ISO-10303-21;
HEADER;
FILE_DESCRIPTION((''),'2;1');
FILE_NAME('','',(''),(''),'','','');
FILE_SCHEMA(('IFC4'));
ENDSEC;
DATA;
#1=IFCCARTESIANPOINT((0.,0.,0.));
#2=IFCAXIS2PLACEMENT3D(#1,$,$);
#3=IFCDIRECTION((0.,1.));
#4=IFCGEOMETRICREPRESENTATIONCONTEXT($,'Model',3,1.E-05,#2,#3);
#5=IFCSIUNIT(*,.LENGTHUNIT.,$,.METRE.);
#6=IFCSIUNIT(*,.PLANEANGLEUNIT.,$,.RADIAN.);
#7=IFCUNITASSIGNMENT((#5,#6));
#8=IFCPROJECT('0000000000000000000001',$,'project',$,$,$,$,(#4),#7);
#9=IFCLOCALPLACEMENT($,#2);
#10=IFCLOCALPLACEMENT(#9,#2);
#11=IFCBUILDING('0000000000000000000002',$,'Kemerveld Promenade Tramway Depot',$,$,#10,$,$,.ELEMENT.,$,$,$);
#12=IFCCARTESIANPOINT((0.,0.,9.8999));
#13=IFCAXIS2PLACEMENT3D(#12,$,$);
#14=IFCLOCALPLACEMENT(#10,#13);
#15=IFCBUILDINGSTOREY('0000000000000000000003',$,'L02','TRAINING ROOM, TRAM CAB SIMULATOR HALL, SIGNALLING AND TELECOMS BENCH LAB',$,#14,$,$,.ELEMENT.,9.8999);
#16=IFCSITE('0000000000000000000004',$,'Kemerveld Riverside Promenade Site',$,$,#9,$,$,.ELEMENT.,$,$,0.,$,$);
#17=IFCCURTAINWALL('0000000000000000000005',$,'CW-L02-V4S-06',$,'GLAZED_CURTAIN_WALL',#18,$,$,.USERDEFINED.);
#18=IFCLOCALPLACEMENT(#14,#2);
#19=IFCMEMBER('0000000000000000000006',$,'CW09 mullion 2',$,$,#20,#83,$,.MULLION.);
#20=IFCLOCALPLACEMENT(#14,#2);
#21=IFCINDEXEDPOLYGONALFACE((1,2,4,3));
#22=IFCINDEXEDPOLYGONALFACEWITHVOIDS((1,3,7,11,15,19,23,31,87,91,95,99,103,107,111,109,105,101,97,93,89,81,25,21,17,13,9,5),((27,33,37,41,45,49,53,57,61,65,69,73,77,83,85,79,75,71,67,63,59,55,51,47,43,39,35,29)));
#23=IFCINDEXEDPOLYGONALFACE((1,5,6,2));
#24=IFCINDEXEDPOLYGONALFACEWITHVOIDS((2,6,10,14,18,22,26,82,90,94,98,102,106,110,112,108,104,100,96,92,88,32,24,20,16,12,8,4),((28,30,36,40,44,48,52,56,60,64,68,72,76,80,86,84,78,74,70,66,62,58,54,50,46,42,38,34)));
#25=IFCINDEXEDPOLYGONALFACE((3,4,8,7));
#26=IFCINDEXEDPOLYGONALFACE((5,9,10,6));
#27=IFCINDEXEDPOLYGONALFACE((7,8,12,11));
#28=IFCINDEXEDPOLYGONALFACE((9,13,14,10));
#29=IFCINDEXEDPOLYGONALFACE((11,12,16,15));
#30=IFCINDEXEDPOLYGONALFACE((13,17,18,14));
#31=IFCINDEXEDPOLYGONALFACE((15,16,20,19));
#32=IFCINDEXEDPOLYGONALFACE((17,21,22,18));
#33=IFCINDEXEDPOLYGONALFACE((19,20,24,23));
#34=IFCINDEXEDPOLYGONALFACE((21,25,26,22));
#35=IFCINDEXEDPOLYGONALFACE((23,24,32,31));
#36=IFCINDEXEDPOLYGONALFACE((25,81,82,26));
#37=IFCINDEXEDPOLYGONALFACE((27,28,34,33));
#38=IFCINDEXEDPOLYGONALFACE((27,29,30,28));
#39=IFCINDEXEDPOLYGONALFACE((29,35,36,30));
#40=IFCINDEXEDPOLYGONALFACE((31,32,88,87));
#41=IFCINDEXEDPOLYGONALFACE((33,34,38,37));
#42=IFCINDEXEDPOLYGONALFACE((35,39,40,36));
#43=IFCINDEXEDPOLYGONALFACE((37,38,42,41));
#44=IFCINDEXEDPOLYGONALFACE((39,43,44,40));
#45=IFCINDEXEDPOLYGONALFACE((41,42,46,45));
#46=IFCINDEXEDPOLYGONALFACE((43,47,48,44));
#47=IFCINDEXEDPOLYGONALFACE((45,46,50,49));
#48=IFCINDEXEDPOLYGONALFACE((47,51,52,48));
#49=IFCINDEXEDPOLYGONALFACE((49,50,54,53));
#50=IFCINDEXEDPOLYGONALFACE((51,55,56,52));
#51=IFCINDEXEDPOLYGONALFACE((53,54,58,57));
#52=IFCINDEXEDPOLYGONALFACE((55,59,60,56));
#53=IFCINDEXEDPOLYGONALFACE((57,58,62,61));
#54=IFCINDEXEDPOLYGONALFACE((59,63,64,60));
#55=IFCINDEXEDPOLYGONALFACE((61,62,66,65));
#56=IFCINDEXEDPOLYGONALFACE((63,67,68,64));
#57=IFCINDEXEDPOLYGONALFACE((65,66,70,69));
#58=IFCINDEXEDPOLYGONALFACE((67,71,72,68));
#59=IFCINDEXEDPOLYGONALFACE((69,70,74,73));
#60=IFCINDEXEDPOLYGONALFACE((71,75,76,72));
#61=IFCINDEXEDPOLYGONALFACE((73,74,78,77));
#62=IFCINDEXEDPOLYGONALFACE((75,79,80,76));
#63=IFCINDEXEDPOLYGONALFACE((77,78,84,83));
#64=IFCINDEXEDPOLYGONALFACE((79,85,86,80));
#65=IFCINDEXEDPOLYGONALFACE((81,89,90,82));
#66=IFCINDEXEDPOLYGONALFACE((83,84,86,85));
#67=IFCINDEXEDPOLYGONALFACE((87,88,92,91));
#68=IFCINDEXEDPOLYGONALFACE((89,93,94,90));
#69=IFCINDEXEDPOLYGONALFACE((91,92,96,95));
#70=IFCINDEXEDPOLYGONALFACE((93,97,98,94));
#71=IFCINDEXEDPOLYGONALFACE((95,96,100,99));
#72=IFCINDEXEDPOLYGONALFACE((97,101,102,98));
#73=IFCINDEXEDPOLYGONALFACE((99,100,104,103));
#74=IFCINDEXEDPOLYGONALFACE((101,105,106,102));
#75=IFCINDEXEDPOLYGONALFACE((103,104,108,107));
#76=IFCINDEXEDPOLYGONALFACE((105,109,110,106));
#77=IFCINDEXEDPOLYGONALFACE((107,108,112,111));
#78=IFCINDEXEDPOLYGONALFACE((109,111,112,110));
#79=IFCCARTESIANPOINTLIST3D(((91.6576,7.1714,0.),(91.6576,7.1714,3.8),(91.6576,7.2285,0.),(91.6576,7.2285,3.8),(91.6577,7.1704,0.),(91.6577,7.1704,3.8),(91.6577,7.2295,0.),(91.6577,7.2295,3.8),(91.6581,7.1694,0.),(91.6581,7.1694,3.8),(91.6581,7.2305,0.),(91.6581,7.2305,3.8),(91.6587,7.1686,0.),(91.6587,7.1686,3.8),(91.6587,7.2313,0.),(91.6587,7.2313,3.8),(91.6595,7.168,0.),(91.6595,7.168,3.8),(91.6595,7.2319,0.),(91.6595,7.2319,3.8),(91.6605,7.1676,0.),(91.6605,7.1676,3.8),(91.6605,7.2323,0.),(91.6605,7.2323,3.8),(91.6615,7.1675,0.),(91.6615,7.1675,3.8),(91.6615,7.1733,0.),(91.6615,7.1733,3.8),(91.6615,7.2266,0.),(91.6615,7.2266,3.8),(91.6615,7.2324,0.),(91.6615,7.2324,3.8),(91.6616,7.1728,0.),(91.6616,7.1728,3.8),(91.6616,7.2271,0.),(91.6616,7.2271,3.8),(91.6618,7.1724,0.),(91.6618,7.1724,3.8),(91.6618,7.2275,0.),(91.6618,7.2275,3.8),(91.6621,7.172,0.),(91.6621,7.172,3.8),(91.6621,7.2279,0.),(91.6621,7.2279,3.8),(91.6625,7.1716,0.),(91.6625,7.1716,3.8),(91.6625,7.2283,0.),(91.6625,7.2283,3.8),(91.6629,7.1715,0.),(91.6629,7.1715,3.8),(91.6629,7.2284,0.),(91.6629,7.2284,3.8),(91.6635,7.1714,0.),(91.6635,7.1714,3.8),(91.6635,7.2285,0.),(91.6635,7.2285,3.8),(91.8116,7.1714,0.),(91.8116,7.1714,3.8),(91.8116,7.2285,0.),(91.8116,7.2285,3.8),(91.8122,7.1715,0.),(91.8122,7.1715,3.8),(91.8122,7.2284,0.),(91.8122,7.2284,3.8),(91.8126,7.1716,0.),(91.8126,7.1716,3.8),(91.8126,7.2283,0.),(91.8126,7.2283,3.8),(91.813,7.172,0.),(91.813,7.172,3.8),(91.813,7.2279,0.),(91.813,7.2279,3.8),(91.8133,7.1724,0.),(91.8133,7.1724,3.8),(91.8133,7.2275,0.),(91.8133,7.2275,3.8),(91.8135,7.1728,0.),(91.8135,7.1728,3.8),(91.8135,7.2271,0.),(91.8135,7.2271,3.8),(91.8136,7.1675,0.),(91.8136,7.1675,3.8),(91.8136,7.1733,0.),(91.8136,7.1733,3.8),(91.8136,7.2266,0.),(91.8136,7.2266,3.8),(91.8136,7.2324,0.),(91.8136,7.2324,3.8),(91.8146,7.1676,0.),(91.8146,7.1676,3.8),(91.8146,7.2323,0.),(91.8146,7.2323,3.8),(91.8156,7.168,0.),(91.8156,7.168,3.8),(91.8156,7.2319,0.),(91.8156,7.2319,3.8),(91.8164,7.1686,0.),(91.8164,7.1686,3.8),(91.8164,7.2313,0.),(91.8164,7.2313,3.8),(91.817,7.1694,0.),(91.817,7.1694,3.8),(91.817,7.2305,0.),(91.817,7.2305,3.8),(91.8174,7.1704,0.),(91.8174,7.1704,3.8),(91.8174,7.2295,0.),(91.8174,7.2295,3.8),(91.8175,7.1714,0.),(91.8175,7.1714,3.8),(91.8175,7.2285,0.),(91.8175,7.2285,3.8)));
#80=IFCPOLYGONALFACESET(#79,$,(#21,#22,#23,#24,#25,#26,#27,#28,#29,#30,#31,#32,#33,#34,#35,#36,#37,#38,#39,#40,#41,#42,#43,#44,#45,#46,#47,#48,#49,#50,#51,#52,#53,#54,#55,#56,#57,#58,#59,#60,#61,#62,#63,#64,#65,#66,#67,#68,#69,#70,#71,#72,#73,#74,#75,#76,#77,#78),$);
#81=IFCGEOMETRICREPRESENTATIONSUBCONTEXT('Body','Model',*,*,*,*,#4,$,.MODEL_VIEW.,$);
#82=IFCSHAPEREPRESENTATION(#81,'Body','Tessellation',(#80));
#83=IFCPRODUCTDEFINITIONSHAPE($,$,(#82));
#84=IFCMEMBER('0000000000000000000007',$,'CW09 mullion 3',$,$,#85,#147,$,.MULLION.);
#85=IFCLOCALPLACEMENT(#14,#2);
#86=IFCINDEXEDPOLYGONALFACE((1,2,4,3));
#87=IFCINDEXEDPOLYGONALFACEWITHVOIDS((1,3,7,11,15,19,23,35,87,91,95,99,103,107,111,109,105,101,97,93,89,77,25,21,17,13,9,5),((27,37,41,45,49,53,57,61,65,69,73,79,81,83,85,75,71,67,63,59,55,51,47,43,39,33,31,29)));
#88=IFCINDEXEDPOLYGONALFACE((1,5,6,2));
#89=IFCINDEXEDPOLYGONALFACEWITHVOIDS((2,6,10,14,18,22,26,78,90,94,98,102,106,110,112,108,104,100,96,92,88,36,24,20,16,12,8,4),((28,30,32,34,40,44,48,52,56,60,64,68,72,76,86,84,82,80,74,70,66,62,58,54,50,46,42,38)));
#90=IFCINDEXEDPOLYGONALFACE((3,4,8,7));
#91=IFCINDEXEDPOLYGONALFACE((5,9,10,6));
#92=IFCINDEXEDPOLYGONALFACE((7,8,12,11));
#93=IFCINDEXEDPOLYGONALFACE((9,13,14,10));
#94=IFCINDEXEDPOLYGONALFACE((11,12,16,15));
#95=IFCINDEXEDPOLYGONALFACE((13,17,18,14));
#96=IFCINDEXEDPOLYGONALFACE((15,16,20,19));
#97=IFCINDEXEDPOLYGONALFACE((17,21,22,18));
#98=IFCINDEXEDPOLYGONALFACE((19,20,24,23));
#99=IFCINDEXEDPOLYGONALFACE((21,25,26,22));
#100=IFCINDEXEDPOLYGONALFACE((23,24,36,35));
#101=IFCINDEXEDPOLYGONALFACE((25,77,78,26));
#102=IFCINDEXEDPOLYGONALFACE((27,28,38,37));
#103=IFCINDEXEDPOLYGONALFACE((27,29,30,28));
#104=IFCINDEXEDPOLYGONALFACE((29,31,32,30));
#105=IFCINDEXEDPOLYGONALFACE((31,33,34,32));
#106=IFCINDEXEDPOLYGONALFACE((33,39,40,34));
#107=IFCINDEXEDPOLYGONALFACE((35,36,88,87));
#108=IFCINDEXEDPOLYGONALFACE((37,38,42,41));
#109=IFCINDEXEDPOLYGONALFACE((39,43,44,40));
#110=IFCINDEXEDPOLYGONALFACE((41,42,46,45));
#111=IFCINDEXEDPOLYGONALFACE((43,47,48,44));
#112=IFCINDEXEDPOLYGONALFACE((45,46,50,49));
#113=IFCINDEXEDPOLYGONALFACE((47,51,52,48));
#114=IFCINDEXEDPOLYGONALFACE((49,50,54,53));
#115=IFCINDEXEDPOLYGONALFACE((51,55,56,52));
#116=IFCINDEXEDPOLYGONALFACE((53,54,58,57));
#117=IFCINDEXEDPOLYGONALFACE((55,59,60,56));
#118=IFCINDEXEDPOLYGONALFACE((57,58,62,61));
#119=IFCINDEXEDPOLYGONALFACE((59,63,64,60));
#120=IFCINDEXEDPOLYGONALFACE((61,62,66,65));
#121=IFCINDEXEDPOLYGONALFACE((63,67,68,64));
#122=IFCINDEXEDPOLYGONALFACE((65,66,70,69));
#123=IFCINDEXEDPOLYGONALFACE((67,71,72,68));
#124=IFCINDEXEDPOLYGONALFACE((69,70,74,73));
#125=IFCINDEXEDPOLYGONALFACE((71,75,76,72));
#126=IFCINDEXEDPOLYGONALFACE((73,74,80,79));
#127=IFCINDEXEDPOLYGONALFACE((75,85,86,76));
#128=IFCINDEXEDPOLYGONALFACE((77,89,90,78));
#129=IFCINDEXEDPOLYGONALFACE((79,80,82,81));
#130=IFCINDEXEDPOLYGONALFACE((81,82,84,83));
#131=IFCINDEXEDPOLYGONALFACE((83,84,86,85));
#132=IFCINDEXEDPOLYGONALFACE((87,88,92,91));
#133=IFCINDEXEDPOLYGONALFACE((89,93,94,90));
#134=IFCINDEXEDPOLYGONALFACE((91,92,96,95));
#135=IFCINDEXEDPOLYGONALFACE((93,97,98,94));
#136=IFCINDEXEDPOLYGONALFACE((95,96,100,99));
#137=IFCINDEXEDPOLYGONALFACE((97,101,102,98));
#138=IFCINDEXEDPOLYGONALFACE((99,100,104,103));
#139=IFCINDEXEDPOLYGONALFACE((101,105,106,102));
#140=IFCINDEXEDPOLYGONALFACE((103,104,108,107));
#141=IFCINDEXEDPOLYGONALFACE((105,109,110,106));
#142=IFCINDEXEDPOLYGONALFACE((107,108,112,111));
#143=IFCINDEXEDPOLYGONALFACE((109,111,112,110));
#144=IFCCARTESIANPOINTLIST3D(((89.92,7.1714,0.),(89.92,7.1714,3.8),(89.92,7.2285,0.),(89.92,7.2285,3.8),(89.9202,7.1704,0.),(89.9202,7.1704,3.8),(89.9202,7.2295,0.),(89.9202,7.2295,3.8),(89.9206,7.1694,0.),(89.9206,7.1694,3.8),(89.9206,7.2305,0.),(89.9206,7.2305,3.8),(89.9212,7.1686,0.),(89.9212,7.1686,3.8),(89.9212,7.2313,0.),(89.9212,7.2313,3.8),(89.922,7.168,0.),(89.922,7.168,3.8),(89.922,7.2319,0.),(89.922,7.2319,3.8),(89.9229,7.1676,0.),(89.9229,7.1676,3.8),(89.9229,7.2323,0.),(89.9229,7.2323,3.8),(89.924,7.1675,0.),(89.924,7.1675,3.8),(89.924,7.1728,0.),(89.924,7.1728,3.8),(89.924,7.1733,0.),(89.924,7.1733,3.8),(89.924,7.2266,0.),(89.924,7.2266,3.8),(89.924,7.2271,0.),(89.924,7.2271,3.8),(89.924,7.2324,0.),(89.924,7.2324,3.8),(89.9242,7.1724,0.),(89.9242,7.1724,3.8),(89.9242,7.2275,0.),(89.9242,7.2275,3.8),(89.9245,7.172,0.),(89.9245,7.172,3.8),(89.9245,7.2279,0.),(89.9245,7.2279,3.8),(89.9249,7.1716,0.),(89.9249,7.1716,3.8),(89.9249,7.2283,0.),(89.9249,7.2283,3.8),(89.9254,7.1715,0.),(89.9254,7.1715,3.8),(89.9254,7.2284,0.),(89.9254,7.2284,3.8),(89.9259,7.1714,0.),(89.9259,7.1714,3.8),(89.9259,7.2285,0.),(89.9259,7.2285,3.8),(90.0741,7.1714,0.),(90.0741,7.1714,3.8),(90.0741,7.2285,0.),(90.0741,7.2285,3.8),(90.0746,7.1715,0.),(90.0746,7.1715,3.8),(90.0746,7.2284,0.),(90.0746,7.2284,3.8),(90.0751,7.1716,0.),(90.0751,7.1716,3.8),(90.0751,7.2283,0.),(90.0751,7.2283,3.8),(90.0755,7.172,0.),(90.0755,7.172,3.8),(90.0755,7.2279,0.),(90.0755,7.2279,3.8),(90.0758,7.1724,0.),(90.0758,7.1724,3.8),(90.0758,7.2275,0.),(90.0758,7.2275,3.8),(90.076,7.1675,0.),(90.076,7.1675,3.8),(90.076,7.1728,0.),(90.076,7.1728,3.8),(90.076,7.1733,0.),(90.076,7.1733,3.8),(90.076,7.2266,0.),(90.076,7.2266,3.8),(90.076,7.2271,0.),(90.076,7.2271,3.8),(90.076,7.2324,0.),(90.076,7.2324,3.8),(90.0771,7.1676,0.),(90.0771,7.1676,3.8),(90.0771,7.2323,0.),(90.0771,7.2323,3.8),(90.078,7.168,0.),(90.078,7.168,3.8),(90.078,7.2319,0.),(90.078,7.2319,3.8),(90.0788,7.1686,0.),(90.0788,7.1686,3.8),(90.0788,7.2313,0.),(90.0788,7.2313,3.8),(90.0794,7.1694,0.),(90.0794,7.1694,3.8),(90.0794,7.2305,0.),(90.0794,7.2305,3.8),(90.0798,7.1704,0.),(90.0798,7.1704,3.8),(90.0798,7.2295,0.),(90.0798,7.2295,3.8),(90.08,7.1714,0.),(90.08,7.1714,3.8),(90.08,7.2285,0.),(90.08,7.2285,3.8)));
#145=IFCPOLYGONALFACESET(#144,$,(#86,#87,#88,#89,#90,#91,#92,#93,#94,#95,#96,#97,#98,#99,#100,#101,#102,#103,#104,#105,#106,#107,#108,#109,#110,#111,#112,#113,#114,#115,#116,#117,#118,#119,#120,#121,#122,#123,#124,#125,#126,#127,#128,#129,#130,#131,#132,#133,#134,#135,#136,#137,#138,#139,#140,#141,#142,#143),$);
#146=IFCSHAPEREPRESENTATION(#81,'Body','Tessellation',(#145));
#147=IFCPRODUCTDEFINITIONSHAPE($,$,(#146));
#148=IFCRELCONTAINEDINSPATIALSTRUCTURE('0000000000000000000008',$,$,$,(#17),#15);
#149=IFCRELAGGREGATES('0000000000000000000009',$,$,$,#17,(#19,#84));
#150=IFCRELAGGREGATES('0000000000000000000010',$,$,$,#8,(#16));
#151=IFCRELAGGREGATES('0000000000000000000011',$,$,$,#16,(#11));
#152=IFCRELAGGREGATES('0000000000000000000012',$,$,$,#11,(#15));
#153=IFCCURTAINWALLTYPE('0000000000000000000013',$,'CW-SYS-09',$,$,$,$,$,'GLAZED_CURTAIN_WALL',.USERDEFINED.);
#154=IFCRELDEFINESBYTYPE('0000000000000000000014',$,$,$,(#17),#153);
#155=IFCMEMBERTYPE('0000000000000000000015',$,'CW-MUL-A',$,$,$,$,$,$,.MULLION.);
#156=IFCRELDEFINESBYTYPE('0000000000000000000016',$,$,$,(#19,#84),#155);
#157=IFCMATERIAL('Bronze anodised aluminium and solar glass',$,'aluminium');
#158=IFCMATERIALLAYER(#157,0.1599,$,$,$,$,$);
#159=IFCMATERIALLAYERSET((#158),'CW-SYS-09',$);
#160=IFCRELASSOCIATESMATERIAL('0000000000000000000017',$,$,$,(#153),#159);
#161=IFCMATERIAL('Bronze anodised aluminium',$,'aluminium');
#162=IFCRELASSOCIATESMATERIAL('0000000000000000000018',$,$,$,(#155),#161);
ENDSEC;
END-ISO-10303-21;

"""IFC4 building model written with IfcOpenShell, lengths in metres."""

from ifc_helpers import new_model, si_unit, direction, frame, origin, origin_2d, place, context, subcontext, project, spatial, hollow_rectangle, extrude, material, layer, layer_set, material_profile, profile_set, type_object, element, aggregate, save


model = new_model("IFC4")

# Units and contexts
model_context = context("Model", 3, precision=1e-05, world=origin(), true_north=direction((0.0, 1.0)))
body_context = subcontext(model_context, "Body", "Model", "MODEL_VIEW")
ifc_project = project(units=[si_unit("LENGTHUNIT", "METRE"), si_unit("PLANEANGLEUNIT", "RADIAN")], contexts=[model_context])

# Site, building, storey
site_placement = place(None, origin())
site = spatial("IfcSite", under=ifc_project, at=site_placement, Name="Kemerveld Riverside Promenade Site", CompositionType="ELEMENT", RefElevation=0.0)
building_placement = place(site_placement, origin())
building = spatial("IfcBuilding", under=site, at=building_placement, Name="Kemerveld Promenade Tramway Depot", CompositionType="ELEMENT")
storey_placement = place(building_placement, frame((0.0, 0.0, 9.8999)))
storey = spatial("IfcBuildingStorey", under=building, at=storey_placement, Name="L02", Description="TRAINING ROOM, TRAM CAB SIMULATOR HALL, SIGNALLING AND TELECOMS BENCH LAB", CompositionType="ELEMENT", Elevation=9.8999)

# Curtain wall, members
ifc_material_1 = material(Name="Bronze anodised aluminium and solar glass", Category="aluminium")
ifc_layer_1 = layer(ifc_material_1, 0.1599)
ifc_layer_set_1 = layer_set([ifc_layer_1], Name="CW-SYS-09")
curtain_wall_type = type_object("IfcCurtainWallType", Name="CW-SYS-09", ElementType="GLAZED_CURTAIN_WALL", PredefinedType="USERDEFINED", material=ifc_layer_set_1)
curtain_wall_placement = place(storey_placement, origin())
curtain_wall = element("IfcCurtainWall", 1, at=curtain_wall_placement, inside=storey, type_object=curtain_wall_type, Name="CW-L02-V4S-06", ObjectType="GLAZED_CURTAIN_WALL", PredefinedType="USERDEFINED")
ifc_material_2 = material(Name="Bronze anodised aluminium", Category="aluminium")
ifc_material_profile_1 = material_profile(ifc_material_2, hollow_rectangle(XDim=0.0649, YDim=0.1599, WallThickness=0.0039, InnerFilletRadius=0.002, OuterFilletRadius=0.0039, at=origin_2d()), Name="CW-MUL-160x65")
ifc_profile_set_1 = profile_set([ifc_material_profile_1], Name="Bronze anodised aluminium")
member_type_1 = type_object("IfcMemberType", Name="CW-MUL-A", PredefinedType="MULLION", material=ifc_profile_set_1)
member_1_placement = place(storey_placement, frame((91.7375, 7.2, 0.0), z_axis=(0.0, 0.0, 1.0), x_axis=(0.0, -1.0, 0.0)))
member_1 = element("IfcMember", 2, at=member_1_placement, type_object=member_type_1, Name="CW09 mullion 2", PredefinedType="MULLION", context=body_context, shape_type="SweptSolid", body=[
    extrude(hollow_rectangle(XDim=0.0649, YDim=0.1599, WallThickness=0.0039, InnerFilletRadius=0.002, OuterFilletRadius=0.0039, at=origin_2d()), origin(), (0.0, 0.0, 1.0), 3.8),
])
member_2_placement = place(storey_placement, frame((90.0, 7.2, 0.0), z_axis=(0.0, 0.0, 1.0), x_axis=(0.0, -1.0, 0.0)))
member_2 = element("IfcMember", 3, at=member_2_placement, type_object=member_type_1, Name="CW09 mullion 3", PredefinedType="MULLION", context=body_context, shape_type="SweptSolid", body=[
    extrude(hollow_rectangle(XDim=0.0649, YDim=0.1599, WallThickness=0.0039, InnerFilletRadius=0.002, OuterFilletRadius=0.0039, at=origin_2d()), origin(), (0.0, 0.0, 1.0), 3.8),
])
aggregate(curtain_wall, [member_1, member_2])

save(model, "model.ifc")
